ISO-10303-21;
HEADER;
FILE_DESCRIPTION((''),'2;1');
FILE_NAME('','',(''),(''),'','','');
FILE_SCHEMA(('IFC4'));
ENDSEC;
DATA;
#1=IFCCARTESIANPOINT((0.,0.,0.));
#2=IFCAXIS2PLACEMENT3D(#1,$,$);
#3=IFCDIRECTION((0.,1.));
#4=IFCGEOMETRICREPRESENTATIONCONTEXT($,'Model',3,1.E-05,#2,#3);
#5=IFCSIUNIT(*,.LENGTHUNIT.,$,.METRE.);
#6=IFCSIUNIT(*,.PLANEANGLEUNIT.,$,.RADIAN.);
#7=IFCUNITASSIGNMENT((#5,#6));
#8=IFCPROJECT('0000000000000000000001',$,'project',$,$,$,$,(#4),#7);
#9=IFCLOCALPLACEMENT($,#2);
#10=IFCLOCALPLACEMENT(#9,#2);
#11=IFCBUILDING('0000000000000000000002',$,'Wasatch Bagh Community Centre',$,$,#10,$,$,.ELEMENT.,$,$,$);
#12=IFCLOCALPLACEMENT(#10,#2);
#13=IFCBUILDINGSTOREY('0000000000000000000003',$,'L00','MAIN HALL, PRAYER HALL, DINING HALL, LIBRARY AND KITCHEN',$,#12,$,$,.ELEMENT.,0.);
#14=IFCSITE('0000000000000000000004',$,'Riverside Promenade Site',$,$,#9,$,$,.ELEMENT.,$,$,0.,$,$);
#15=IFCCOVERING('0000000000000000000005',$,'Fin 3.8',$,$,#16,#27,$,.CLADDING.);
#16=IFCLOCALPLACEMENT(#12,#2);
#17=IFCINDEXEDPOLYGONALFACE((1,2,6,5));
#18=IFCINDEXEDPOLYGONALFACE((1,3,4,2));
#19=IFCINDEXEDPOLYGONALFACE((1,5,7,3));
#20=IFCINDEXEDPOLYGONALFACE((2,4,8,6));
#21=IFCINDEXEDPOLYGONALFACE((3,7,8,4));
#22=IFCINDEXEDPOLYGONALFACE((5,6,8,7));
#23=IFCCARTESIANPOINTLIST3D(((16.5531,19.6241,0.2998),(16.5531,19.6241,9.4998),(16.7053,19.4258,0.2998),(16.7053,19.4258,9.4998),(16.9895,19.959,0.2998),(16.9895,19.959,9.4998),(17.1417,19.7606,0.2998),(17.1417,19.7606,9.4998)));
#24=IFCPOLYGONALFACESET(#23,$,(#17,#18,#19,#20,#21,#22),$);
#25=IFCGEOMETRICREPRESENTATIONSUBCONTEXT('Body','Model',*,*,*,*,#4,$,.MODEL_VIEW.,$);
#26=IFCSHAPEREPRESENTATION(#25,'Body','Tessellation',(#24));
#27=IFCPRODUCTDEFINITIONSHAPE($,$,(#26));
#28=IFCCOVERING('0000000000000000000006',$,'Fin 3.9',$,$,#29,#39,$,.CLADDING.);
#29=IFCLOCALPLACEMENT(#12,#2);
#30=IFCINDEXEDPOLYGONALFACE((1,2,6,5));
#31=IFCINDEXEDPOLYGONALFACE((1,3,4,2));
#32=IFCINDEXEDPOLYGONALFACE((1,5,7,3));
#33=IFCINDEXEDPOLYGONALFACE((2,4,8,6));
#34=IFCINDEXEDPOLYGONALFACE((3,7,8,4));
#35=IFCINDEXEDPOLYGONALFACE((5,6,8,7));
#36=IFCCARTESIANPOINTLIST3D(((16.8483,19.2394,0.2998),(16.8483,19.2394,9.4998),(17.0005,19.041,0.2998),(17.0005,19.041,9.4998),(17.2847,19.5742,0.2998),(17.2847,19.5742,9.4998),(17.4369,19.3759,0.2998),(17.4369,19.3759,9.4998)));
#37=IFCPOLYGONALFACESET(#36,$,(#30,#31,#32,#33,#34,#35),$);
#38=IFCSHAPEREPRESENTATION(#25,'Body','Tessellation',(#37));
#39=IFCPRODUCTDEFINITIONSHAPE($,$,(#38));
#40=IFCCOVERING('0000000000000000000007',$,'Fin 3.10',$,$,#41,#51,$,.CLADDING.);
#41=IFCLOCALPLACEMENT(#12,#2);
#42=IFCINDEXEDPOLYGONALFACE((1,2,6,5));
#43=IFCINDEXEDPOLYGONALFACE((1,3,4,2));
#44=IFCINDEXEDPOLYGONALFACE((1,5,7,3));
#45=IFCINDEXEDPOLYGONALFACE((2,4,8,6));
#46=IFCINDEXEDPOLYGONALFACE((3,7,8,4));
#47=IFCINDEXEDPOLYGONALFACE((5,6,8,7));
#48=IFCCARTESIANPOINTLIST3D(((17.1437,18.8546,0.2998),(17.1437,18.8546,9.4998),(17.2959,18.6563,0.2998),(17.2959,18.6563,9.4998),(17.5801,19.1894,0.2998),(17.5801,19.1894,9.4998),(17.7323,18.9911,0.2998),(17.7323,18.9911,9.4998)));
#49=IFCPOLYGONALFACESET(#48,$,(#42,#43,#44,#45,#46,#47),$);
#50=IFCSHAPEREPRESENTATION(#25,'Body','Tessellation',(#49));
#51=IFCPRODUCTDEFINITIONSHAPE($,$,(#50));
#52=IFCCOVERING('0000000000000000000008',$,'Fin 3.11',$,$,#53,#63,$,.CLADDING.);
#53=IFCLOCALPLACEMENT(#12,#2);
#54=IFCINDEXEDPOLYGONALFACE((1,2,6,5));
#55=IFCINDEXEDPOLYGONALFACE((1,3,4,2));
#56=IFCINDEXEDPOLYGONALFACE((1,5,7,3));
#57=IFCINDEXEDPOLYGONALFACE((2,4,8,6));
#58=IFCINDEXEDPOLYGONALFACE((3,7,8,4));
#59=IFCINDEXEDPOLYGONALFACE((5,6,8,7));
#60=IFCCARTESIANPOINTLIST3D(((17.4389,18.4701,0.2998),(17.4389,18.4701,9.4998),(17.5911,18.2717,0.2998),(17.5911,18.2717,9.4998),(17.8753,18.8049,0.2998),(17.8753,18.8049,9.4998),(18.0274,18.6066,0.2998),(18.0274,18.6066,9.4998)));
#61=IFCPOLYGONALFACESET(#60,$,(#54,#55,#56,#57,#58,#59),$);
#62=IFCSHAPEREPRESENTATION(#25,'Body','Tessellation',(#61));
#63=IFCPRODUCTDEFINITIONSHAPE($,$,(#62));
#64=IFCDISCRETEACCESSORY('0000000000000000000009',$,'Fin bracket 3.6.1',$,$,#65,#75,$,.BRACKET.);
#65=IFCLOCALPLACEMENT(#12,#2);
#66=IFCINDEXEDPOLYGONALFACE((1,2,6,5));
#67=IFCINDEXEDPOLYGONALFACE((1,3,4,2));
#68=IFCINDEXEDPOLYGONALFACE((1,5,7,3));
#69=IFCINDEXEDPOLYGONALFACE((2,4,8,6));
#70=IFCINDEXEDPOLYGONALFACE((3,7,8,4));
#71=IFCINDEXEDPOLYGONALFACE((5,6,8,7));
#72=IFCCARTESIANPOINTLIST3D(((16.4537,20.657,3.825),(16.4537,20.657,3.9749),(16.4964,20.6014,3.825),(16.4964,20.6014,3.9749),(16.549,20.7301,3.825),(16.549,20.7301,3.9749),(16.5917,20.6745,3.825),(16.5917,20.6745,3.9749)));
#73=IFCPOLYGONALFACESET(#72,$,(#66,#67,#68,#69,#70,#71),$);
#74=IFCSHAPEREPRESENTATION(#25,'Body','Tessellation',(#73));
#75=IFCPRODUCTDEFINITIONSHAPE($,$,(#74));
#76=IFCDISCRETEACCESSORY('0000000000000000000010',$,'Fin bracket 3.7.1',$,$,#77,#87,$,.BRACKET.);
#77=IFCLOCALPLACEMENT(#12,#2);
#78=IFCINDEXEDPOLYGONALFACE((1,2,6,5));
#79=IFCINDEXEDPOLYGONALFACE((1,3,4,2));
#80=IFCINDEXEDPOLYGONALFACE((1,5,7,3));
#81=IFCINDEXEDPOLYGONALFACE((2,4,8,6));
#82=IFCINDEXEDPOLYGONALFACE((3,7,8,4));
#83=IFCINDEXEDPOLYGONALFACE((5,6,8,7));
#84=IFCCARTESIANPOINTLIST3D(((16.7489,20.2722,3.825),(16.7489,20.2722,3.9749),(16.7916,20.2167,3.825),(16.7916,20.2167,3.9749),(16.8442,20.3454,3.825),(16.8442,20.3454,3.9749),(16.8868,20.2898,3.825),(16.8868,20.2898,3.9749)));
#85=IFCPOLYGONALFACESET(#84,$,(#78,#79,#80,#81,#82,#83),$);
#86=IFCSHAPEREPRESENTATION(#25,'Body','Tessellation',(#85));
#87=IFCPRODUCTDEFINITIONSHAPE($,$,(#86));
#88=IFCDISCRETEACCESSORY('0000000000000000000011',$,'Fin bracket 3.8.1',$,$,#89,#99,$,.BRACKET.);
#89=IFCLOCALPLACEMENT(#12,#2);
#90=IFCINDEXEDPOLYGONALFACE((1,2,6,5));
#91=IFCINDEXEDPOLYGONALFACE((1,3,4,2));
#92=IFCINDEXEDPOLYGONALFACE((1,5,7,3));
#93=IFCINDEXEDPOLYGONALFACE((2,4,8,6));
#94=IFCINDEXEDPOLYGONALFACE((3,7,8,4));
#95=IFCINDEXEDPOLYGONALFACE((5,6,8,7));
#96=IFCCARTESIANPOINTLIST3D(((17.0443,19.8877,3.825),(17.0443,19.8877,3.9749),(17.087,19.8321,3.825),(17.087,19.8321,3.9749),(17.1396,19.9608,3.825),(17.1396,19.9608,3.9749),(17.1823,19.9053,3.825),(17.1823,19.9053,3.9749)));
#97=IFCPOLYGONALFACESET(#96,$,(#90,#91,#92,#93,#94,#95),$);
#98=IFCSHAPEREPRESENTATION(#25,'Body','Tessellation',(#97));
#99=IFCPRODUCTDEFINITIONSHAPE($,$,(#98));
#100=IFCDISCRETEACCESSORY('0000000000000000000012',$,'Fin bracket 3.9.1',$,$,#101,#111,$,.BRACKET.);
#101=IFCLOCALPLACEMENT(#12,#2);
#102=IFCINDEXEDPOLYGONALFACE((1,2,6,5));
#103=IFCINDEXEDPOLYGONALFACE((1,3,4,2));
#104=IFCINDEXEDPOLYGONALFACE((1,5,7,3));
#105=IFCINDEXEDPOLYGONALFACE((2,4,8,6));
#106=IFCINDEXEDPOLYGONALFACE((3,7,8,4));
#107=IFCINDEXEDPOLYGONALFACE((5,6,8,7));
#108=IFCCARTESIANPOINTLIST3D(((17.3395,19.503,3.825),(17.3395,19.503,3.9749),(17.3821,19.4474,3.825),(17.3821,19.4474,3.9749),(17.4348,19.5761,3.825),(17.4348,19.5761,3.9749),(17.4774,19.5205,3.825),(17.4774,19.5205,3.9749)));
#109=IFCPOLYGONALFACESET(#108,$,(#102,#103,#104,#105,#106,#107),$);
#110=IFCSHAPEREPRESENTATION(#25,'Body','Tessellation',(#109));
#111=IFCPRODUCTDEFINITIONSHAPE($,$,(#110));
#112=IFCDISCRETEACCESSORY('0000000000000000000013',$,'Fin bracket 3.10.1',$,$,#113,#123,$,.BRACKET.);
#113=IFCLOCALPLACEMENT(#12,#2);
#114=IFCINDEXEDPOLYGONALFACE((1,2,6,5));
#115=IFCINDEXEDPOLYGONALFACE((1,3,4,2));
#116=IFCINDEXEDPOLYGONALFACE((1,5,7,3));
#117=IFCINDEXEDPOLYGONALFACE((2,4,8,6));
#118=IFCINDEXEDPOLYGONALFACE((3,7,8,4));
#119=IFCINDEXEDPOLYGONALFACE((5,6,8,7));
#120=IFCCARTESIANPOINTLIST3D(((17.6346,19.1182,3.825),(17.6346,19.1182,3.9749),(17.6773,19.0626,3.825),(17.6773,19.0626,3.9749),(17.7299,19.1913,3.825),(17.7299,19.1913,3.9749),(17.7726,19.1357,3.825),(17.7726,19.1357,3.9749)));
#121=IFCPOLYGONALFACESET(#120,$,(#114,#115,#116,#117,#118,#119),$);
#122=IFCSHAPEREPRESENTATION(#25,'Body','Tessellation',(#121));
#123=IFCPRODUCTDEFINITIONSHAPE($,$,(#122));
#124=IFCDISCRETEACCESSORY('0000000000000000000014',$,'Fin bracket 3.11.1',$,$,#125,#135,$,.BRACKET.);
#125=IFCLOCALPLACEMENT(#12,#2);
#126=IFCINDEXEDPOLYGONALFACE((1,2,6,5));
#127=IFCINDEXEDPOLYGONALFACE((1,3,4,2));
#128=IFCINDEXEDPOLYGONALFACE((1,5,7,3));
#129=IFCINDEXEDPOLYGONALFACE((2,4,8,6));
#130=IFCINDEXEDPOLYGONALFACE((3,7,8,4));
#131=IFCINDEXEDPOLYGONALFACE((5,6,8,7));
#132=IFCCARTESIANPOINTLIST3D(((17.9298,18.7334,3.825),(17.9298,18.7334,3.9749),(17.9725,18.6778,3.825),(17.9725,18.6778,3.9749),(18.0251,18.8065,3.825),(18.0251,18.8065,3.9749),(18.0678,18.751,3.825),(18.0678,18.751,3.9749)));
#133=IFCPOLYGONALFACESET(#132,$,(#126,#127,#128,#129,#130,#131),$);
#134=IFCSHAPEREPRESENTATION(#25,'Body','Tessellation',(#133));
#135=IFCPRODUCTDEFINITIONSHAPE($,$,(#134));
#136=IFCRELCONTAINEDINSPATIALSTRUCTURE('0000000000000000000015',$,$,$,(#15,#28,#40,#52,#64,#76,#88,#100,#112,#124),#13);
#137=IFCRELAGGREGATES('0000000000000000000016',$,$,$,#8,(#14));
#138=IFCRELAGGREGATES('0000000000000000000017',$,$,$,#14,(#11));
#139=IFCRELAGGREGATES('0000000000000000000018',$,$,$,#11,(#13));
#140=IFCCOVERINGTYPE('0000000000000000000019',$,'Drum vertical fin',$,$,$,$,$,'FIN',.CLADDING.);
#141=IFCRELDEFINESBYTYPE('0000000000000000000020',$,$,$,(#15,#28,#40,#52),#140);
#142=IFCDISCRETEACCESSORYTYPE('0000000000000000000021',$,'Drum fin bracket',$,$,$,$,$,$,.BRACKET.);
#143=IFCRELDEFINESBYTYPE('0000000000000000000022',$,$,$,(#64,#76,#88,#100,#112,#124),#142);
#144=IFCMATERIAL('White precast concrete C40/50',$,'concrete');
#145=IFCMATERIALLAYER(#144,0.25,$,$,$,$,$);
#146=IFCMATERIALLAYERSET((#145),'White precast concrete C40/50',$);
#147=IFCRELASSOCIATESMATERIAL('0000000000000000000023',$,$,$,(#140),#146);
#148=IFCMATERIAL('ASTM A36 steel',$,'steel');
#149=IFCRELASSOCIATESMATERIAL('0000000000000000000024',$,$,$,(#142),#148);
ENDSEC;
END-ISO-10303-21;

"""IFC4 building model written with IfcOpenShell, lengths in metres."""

from ifc_helpers import new_model, si_unit, direction, frame, origin, origin_2d, place, context, subcontext, project, spatial, rectangle, extrude, material, layer, layer_set, type_object, element, save


model = new_model("IFC4")

# Units and contexts
model_context = context("Model", 3, precision=1e-05, world=origin(), true_north=direction((0.0, 1.0)))
body_context = subcontext(model_context, "Body", "Model", "MODEL_VIEW")
ifc_project = project(units=[si_unit("LENGTHUNIT", "METRE"), si_unit("PLANEANGLEUNIT", "RADIAN")], contexts=[model_context])

# Site, building, storey
site_placement = place(None, origin())
site = spatial("IfcSite", under=ifc_project, at=site_placement, Name="Riverside Promenade Site", CompositionType="ELEMENT", RefElevation=0.0)
building_placement = place(site_placement, origin())
building = spatial("IfcBuilding", under=site, at=building_placement, Name="Wasatch Bagh Community Centre", CompositionType="ELEMENT")
storey_placement = place(building_placement, origin())
storey = spatial("IfcBuildingStorey", under=building, at=storey_placement, Name="L00", Description="MAIN HALL, PRAYER HALL, DINING HALL, LIBRARY AND KITCHEN", CompositionType="ELEMENT", Elevation=0.0)

# Coverings
ifc_material_1 = material(Name="White precast concrete C40/50", Category="concrete")
ifc_layer_1 = layer(ifc_material_1, 0.25)
ifc_layer_set_1 = layer_set([ifc_layer_1], Name="White precast concrete C40/50")
covering_type = type_object("IfcCoveringType", Name="Drum vertical fin", ElementType="FIN", PredefinedType="CLADDING", material=ifc_layer_set_1)
for number, where, z_axis, x_axis, name in (
    (1, (16.8474, 19.6924, 0.2998), (0.0, 0.0, 1.0), (0.608761, -0.793353, 0.0), "Fin 3.8"),
    (2, (17.1426, 19.3076, 0.2998), (0.0, 0.0, 1.0), (0.608761, -0.793353, 0.0), "Fin 3.9"),
    (3, (17.438, 18.9229, 0.2998), (0.0, 0.0, 1.0), (0.608761, -0.793353, 0.0), "Fin 3.10"),
    (4, (17.7332, 18.5383, 0.2998), (0.0, 0.0, 1.0), (0.608761, -0.793353, 0.0), "Fin 3.11"),
):
    element("IfcCovering", number, at=place(storey_placement, frame(where, z_axis=z_axis, x_axis=x_axis)), inside=storey, type_object=covering_type, Name=name, PredefinedType="CLADDING", context=body_context, shape_type="SweptSolid", body=[
        extrude(rectangle(XDim=0.25, YDim=0.55, at=origin_2d()), origin(), (0.0, 0.0, 1.0), 9.2),
    ])

# Discrete accessories
ifc_material_2 = material(Name="ASTM A36 steel", Category="steel")
discrete_accessory_type = type_object("IfcDiscreteAccessoryType", Name="Drum fin bracket", PredefinedType="BRACKET", material=ifc_material_2)
for number, where, z_axis, x_axis, name in (
    (5, (16.5227, 20.6658, 3.825), (0.0, 0.0, 1.0), (0.608761, -0.793353, 0.0), "Fin bracket 3.6.1"),
    (6, (16.8179, 20.281, 3.825), (0.0, 0.0, 1.0), (0.608761, -0.793353, 0.0), "Fin bracket 3.7.1"),
    (7, (17.1133, 19.8965, 3.825), (0.0, 0.0, 1.0), (0.608761, -0.793353, 0.0), "Fin bracket 3.8.1"),
    (8, (17.4084, 19.5117, 3.825), (0.0, 0.0, 1.0), (0.608761, -0.793353, 0.0), "Fin bracket 3.9.1"),
    (9, (17.7036, 19.127, 3.825), (0.0, 0.0, 1.0), (0.608761, -0.793353, 0.0), "Fin bracket 3.10.1"),
    (10, (17.9988, 18.7422, 3.825), (0.0, 0.0, 1.0), (0.608761, -0.793353, 0.0), "Fin bracket 3.11.1"),
):
    element("IfcDiscreteAccessory", number, at=place(storey_placement, frame(where, z_axis=z_axis, x_axis=x_axis)), inside=storey, type_object=discrete_accessory_type, Name=name, PredefinedType="BRACKET", context=body_context, shape_type="SweptSolid", body=[
        extrude(rectangle(XDim=0.0701, YDim=0.1201, at=origin_2d()), origin(), (0.0, 0.0, 1.0), 0.1499),
    ])

save(model, "model.ifc")
